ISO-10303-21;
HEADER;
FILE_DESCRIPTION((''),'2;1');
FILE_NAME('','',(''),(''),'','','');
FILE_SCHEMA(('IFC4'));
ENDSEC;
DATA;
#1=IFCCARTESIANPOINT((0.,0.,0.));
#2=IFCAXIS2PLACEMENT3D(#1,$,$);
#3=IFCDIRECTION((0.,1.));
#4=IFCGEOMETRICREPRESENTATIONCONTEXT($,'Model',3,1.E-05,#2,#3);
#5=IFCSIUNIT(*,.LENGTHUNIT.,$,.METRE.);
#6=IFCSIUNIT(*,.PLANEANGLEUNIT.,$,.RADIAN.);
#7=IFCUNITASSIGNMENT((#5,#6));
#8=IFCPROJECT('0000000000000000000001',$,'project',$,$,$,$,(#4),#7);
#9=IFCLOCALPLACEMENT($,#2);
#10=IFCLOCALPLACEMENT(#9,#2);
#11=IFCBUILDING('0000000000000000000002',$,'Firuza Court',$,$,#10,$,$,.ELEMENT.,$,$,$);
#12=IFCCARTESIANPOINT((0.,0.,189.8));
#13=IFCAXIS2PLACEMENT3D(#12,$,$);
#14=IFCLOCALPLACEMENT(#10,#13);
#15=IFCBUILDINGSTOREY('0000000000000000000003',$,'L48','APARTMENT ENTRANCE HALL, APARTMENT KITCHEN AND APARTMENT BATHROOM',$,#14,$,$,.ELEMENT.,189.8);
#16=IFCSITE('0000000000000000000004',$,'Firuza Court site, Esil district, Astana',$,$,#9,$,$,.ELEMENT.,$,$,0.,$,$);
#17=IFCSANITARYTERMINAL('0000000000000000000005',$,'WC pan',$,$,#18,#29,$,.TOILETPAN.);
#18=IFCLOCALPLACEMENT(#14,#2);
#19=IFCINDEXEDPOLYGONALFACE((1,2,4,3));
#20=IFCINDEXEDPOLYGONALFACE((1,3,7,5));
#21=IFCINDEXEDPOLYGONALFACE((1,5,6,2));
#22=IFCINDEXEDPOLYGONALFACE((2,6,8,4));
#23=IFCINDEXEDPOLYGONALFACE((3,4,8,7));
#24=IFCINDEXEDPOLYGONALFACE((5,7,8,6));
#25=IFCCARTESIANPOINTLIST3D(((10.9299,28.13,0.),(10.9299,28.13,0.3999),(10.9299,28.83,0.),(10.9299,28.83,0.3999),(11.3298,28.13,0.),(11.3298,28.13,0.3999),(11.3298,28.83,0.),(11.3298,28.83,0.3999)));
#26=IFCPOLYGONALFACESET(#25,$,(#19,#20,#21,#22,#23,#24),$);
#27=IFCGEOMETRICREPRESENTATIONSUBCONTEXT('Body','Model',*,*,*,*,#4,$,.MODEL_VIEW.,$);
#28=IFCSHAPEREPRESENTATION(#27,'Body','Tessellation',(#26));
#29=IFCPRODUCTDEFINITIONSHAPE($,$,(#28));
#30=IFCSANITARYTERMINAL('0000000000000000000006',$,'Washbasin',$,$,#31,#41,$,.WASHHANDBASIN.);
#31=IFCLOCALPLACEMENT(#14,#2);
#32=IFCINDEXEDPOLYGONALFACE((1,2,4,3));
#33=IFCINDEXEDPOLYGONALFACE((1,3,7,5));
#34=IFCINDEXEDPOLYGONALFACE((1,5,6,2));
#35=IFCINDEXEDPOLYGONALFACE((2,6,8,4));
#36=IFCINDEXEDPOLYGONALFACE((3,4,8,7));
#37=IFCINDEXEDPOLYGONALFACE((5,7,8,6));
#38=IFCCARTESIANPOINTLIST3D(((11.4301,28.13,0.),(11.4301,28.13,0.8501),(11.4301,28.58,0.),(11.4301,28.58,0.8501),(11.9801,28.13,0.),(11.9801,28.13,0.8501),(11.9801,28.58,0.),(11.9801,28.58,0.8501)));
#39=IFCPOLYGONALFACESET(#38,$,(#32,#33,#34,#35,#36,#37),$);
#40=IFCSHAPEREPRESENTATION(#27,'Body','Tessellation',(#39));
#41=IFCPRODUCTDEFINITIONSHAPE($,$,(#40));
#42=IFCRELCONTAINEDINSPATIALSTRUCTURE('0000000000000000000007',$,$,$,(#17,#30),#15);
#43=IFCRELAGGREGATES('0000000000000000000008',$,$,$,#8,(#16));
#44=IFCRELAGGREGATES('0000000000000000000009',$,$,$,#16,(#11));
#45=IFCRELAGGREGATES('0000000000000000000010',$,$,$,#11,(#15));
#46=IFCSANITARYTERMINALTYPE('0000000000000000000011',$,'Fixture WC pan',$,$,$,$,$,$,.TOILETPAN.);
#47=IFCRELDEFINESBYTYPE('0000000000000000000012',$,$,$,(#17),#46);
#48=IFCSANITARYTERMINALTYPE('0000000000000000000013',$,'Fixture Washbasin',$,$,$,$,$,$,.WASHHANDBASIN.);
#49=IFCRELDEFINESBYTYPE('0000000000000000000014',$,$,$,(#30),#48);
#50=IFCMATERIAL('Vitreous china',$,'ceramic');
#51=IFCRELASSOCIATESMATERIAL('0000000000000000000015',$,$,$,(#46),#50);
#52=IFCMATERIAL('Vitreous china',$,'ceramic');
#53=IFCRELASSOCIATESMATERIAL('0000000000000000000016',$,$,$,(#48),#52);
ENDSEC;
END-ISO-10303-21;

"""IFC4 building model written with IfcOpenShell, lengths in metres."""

from ifc_helpers import new_model, si_unit, direction, frame, origin, origin_2d, place, context, subcontext, project, spatial, rectangle, extrude, material, type_object, element, save


model = new_model("IFC4")

# Units and contexts
model_context = context("Model", 3, precision=1e-05, world=origin(), true_north=direction((0.0, 1.0)))
body_context = subcontext(model_context, "Body", "Model", "MODEL_VIEW")
ifc_project = project(units=[si_unit("LENGTHUNIT", "METRE"), si_unit("PLANEANGLEUNIT", "RADIAN")], contexts=[model_context])

# Site, building, storey
site_placement = place(None, origin())
site = spatial("IfcSite", under=ifc_project, at=site_placement, Name="Firuza Court site, Esil district, Astana", CompositionType="ELEMENT", RefElevation=0.0)
building_placement = place(site_placement, origin())
building = spatial("IfcBuilding", under=site, at=building_placement, Name="Firuza Court", CompositionType="ELEMENT")
storey_placement = place(building_placement, frame((0.0, 0.0, 189.8)))
storey = spatial("IfcBuildingStorey", under=building, at=storey_placement, Name="L48", Description="APARTMENT ENTRANCE HALL, APARTMENT KITCHEN AND APARTMENT BATHROOM", CompositionType="ELEMENT", Elevation=189.8)

# Sanitary terminals
ifc_material_1 = material(Name="Vitreous china", Category="ceramic")
sanitary_terminal_type_1 = type_object("IfcSanitaryTerminalType", Name="Fixture WC pan", PredefinedType="TOILETPAN", material=ifc_material_1)
sanitary_terminal_1_placement = place(storey_placement, frame((11.1299, 28.48, 0.0), z_axis=(0.0, 0.0, 1.0), x_axis=(1.0, 0.0, 0.0)))
element("IfcSanitaryTerminal", 1, at=sanitary_terminal_1_placement, inside=storey, type_object=sanitary_terminal_type_1, Name="WC pan", PredefinedType="TOILETPAN", context=body_context, shape_type="SweptSolid", body=[
    extrude(rectangle(XDim=0.3999, YDim=0.7, at=origin_2d()), origin(), (0.0, 0.0, 1.0), 0.3999),
])
ifc_material_2 = material(Name="Vitreous china", Category="ceramic")
sanitary_terminal_type_2 = type_object("IfcSanitaryTerminalType", Name="Fixture Washbasin", PredefinedType="WASHHANDBASIN", material=ifc_material_2)
sanitary_terminal_2_placement = place(storey_placement, frame((11.7051, 28.355, 0.0), z_axis=(0.0, 0.0, 1.0), x_axis=(1.0, 0.0, 0.0)))
element("IfcSanitaryTerminal", 2, at=sanitary_terminal_2_placement, inside=storey, type_object=sanitary_terminal_type_2, Name="Washbasin", PredefinedType="WASHHANDBASIN", context=body_context, shape_type="SweptSolid", body=[
    extrude(rectangle(XDim=0.55, YDim=0.45, at=origin_2d()), origin(), (0.0, 0.0, 1.0), 0.8501),
])

save(model, "model.ifc")
